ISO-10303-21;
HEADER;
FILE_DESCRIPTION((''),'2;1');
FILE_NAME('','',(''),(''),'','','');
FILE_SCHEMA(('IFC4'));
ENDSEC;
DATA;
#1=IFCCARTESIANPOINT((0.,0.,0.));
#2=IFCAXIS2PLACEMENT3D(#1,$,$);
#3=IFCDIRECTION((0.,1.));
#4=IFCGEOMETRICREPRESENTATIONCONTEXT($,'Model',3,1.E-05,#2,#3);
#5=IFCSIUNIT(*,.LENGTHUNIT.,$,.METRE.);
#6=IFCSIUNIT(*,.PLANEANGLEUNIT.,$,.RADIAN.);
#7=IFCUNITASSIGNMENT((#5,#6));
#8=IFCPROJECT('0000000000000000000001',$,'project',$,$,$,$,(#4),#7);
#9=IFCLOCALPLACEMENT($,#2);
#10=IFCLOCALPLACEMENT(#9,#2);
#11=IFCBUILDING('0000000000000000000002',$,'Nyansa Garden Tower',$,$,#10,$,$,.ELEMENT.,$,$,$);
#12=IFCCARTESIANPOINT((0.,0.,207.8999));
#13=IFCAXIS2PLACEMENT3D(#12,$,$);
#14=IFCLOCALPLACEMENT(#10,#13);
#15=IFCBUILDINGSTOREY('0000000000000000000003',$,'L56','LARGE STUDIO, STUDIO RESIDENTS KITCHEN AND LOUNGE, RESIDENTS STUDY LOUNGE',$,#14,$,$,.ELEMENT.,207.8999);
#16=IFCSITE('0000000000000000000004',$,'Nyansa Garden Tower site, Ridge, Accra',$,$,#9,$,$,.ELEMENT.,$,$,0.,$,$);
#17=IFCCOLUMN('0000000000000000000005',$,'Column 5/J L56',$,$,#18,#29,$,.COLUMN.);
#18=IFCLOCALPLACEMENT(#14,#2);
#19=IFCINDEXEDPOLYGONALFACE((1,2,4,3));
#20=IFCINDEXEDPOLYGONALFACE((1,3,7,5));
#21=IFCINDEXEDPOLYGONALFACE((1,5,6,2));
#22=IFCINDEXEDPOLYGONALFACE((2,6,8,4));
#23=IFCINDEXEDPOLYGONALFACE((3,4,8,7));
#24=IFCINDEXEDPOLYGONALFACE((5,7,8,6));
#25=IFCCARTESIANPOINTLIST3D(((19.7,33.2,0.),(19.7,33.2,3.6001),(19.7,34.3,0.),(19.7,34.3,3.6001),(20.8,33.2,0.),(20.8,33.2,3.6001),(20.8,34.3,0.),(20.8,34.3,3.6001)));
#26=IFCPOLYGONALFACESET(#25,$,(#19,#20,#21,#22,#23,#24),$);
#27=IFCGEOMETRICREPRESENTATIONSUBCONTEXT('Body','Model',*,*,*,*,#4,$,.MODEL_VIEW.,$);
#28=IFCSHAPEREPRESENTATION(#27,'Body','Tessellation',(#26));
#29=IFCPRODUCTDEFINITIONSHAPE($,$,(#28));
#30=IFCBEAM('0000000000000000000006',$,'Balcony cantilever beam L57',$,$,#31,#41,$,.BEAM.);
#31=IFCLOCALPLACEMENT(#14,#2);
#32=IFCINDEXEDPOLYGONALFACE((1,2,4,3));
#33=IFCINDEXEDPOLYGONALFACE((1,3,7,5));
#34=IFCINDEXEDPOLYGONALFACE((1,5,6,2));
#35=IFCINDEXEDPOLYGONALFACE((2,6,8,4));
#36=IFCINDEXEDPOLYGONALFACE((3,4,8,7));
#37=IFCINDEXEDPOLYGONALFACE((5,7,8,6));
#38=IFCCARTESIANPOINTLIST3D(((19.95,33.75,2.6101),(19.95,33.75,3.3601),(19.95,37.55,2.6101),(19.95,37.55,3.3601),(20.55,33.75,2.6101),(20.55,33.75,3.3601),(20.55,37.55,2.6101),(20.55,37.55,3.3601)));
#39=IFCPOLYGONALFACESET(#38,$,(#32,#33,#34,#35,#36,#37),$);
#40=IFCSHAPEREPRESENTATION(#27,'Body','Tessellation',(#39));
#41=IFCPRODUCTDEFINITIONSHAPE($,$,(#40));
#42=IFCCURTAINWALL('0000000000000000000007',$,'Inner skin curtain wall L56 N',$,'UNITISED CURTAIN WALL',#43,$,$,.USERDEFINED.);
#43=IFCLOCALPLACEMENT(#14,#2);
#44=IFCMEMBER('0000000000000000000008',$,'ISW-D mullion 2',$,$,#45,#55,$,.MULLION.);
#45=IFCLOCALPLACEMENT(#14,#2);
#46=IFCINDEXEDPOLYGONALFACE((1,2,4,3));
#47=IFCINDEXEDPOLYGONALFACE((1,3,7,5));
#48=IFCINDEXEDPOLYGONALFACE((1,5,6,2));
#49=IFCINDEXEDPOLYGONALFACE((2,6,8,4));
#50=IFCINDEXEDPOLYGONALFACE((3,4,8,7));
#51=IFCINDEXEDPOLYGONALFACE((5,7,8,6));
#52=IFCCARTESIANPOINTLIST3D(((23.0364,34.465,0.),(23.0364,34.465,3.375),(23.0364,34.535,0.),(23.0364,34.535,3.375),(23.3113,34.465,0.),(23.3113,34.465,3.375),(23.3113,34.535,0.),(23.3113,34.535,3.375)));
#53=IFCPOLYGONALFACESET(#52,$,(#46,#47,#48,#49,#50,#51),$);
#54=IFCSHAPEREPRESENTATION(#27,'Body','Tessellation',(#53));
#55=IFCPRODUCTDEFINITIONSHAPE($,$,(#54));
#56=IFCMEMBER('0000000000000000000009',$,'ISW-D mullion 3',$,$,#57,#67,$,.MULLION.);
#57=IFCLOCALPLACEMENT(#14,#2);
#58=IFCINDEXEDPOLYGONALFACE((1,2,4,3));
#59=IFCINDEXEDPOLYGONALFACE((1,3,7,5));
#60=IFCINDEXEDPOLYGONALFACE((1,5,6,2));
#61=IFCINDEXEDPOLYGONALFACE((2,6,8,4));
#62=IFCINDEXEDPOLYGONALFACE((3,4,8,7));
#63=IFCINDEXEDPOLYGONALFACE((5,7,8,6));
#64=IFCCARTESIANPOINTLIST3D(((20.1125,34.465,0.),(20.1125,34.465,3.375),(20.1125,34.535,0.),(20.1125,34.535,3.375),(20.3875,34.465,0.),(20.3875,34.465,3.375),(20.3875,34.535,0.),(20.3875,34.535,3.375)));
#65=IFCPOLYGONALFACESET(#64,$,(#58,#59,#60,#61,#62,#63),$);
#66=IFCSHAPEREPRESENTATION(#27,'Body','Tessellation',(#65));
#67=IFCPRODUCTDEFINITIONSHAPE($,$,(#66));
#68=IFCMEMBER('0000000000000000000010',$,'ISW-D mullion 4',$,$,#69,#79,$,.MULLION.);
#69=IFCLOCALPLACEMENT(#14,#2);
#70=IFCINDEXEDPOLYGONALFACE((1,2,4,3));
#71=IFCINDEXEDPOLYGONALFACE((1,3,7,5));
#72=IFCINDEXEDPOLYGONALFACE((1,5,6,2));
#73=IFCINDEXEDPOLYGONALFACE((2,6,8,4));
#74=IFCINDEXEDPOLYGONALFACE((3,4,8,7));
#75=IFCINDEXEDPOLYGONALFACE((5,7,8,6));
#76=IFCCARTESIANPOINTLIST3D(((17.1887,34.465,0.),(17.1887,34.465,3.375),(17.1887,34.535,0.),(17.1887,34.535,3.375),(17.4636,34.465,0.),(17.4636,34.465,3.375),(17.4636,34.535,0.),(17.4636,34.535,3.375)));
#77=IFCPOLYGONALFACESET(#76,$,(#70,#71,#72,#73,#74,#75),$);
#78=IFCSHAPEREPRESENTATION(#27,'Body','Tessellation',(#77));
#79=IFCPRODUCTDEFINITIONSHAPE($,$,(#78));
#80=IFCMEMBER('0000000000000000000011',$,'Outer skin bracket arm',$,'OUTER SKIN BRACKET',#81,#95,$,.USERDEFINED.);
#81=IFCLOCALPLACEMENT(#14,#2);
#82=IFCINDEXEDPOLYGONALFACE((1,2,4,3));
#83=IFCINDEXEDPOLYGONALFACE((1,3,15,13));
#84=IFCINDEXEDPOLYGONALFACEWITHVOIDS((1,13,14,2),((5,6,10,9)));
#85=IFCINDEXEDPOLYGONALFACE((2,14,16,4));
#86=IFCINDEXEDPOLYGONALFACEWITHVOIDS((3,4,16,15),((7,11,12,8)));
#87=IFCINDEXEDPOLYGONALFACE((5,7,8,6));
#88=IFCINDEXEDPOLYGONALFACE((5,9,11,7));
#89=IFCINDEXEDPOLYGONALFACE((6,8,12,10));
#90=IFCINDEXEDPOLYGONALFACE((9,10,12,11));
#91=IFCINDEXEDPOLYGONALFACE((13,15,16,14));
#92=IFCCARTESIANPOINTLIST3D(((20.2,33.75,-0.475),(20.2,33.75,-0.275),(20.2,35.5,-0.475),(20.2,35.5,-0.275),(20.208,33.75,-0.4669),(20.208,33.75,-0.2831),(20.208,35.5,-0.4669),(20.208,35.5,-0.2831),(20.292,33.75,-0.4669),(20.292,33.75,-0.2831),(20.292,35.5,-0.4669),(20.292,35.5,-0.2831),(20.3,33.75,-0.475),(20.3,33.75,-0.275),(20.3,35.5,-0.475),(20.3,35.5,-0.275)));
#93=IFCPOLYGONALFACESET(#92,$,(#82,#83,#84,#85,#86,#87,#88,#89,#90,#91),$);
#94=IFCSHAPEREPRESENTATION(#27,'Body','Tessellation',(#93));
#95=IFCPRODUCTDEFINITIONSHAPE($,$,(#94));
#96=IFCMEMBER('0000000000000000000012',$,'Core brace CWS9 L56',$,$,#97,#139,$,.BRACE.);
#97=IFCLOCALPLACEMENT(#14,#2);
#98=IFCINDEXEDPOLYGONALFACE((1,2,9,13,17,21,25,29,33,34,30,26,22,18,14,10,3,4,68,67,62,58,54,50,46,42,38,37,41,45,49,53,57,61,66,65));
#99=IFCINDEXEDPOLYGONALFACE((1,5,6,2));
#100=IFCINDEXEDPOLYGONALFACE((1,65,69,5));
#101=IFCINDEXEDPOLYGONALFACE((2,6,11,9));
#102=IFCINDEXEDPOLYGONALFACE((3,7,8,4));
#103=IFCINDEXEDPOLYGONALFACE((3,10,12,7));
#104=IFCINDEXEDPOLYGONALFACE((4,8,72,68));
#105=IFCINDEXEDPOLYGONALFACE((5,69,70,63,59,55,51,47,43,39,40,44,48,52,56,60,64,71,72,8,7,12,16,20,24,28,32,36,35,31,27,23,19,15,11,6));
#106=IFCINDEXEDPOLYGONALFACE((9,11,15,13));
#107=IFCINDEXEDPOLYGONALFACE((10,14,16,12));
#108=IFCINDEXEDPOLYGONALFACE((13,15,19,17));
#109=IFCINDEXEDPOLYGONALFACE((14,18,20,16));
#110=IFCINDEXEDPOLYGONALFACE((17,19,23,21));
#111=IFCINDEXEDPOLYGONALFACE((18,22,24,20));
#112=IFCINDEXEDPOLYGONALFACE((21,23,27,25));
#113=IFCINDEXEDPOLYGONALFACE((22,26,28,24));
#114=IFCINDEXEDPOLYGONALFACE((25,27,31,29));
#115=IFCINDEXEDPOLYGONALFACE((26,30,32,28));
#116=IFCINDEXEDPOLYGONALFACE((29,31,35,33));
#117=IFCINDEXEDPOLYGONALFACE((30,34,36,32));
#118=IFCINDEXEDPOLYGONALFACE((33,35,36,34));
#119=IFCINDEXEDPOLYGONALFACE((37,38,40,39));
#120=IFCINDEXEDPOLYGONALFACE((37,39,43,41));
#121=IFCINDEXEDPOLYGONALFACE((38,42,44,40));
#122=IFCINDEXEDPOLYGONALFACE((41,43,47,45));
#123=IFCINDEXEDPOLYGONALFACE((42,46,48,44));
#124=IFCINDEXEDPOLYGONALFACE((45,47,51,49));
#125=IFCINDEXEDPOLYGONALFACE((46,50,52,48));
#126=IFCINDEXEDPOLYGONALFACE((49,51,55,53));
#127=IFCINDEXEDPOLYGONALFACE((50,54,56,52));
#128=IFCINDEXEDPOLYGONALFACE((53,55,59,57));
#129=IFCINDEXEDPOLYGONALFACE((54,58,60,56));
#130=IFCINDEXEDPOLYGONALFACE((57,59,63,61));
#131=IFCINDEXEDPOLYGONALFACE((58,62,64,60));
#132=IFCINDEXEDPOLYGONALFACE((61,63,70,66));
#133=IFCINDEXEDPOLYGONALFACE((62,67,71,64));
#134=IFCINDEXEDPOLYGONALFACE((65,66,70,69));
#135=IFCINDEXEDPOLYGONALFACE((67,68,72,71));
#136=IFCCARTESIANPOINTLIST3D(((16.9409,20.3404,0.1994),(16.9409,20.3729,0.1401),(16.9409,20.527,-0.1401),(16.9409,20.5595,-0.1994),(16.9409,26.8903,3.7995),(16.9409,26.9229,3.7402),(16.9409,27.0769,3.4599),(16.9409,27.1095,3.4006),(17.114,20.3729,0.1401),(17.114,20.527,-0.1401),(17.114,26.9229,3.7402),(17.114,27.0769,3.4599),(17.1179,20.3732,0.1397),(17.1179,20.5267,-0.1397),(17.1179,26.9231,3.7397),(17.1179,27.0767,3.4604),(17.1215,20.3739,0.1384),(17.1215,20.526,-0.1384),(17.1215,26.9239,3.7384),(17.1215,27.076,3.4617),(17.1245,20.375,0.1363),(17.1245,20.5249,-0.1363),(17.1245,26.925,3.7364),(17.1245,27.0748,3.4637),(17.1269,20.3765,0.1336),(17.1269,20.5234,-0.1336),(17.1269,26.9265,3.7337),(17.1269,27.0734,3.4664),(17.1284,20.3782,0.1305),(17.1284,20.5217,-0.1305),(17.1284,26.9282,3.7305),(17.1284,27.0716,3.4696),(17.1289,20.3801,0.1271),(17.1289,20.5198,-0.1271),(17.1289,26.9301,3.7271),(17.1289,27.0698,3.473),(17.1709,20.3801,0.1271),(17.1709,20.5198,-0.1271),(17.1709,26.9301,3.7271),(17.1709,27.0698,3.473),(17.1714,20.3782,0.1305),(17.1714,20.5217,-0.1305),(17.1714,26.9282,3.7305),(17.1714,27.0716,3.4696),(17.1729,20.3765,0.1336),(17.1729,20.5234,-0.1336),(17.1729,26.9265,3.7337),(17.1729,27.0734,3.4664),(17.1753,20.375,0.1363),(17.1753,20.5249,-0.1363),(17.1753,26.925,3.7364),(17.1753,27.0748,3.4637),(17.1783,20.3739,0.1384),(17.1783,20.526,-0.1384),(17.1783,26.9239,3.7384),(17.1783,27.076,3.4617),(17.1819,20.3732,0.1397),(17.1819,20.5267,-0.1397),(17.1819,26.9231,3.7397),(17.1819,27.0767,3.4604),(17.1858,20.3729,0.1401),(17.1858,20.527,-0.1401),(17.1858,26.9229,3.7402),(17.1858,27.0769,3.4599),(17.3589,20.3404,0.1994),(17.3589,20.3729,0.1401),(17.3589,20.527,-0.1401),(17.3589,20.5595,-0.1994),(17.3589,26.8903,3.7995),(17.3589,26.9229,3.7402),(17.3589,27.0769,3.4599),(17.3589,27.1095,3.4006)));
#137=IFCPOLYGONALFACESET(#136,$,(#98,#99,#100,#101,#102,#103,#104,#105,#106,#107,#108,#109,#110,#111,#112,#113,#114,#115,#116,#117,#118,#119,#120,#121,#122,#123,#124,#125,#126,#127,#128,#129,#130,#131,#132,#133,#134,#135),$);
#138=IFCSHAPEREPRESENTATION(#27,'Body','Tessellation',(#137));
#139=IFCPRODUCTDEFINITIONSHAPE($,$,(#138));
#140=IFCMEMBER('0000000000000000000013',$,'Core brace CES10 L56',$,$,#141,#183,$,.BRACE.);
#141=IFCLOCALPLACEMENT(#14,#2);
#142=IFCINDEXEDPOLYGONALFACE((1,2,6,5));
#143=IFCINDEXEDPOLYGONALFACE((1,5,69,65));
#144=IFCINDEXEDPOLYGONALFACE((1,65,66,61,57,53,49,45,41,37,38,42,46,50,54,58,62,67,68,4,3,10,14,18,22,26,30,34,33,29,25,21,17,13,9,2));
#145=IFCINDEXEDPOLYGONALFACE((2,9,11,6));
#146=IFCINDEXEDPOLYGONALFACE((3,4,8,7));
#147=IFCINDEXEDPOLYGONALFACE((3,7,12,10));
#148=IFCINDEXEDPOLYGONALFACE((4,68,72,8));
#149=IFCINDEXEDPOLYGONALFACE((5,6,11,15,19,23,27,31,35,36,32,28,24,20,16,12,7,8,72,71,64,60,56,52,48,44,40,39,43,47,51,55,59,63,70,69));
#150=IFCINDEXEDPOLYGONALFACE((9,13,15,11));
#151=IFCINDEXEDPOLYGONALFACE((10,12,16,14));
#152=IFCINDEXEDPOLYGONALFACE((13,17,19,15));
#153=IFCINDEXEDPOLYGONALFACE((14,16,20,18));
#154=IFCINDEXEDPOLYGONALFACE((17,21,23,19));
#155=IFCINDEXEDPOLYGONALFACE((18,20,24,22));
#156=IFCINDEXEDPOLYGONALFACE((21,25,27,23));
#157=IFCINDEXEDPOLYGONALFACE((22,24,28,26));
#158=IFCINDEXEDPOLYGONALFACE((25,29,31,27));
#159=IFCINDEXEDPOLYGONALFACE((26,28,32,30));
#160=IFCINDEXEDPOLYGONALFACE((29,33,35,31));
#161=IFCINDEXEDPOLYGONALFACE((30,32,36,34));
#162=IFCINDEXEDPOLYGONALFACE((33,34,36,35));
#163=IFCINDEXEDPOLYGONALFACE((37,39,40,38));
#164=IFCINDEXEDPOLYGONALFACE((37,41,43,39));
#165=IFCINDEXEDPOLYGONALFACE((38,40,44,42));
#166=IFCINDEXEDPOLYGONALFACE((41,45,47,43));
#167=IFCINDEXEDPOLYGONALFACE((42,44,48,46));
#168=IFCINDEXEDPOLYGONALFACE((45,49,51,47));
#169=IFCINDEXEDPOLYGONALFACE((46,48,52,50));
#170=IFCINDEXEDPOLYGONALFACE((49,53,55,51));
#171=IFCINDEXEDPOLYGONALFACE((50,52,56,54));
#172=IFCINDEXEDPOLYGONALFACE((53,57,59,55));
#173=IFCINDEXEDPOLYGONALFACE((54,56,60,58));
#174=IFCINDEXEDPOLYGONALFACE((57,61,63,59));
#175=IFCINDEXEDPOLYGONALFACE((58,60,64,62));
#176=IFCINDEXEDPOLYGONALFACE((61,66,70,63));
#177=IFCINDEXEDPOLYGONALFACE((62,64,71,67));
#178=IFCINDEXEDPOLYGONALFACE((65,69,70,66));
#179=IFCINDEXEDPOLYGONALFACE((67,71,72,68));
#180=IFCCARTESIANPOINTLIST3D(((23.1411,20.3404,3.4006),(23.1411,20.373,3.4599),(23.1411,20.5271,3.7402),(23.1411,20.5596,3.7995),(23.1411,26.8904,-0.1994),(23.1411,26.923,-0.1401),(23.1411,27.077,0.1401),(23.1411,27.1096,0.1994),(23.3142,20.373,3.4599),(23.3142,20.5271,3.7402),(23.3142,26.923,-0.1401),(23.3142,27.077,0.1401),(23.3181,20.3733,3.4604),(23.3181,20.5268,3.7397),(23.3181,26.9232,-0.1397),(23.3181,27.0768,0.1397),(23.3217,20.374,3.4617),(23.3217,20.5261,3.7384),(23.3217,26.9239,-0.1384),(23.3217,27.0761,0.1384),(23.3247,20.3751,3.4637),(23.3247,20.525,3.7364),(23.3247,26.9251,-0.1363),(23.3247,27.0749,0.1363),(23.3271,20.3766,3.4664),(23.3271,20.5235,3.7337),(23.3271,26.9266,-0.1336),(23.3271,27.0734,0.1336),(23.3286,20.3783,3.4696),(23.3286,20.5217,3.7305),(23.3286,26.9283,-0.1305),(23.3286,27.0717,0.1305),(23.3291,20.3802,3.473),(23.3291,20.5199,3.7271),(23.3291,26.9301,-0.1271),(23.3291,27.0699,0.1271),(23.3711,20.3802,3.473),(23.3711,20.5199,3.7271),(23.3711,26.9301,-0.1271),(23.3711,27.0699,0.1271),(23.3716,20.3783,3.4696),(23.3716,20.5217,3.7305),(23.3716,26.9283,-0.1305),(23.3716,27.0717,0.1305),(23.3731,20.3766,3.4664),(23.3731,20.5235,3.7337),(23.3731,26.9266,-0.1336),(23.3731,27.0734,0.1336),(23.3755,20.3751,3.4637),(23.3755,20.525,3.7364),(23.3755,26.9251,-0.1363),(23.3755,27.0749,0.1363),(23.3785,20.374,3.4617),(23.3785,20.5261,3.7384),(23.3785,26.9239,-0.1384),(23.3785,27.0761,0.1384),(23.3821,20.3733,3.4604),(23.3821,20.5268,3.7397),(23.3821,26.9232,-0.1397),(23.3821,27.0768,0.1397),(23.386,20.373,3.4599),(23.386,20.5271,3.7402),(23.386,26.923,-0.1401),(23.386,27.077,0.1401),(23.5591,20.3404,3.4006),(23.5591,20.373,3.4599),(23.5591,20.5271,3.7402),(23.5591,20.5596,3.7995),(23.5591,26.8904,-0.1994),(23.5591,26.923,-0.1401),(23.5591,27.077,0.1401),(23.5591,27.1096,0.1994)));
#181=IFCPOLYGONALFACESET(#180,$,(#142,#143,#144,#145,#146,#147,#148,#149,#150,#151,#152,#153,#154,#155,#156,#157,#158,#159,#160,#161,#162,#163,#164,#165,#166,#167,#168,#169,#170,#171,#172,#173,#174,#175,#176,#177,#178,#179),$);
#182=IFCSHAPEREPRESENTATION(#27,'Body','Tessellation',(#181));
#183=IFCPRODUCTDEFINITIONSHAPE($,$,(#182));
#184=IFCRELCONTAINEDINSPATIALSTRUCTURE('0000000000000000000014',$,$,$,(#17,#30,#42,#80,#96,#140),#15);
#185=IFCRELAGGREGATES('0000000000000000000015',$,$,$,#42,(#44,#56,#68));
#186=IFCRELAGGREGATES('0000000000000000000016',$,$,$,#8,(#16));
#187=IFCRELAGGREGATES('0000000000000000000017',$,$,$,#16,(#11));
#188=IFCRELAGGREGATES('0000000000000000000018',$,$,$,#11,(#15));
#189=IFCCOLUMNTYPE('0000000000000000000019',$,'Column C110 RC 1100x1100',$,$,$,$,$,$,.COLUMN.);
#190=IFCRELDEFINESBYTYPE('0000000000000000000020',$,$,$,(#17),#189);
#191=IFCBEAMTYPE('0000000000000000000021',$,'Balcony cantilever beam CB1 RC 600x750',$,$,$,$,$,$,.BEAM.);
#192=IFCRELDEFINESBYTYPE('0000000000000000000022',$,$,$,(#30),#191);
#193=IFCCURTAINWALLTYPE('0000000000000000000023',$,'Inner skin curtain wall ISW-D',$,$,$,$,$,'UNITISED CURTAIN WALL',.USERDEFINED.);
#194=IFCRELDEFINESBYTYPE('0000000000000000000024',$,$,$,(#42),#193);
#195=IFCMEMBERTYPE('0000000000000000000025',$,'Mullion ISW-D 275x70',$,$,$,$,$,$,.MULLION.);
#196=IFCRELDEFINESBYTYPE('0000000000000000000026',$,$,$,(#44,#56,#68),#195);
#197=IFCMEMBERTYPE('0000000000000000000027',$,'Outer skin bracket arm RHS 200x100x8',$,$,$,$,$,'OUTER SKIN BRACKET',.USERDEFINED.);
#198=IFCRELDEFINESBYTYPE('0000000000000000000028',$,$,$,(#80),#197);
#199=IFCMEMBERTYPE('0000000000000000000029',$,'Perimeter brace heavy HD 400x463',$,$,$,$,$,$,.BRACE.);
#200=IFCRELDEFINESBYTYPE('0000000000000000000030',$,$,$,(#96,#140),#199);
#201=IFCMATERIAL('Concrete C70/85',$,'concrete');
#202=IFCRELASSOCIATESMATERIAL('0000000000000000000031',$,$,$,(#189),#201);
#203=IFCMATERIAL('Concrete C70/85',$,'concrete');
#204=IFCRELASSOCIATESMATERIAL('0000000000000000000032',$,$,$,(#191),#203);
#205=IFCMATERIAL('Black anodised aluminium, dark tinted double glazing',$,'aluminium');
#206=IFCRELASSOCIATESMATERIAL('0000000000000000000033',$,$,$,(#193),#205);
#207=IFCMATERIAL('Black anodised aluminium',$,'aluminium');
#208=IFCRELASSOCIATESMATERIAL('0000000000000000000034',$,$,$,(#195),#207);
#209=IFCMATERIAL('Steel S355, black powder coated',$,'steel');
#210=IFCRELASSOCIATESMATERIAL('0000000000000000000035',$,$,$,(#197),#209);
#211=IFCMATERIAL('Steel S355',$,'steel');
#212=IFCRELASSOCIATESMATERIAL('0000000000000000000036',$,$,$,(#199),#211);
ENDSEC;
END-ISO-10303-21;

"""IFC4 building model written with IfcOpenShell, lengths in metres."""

from ifc_helpers import new_model, si_unit, direction, frame, origin, origin_2d, place, context, subcontext, project, spatial, rectangle, hollow_rectangle, i_section, extrude, material, material_profile, profile_set, type_object, element, aggregate, save


model = new_model("IFC4")

# Units and contexts
model_context = context("Model", 3, precision=1e-05, world=origin(), true_north=direction((0.0, 1.0)))
body_context = subcontext(model_context, "Body", "Model", "MODEL_VIEW")
ifc_project = project(units=[si_unit("LENGTHUNIT", "METRE"), si_unit("PLANEANGLEUNIT", "RADIAN")], contexts=[model_context])

# Site, building, storey
site_placement = place(None, origin())
site = spatial("IfcSite", under=ifc_project, at=site_placement, Name="Nyansa Garden Tower site, Ridge, Accra", CompositionType="ELEMENT", RefElevation=0.0)
building_placement = place(site_placement, origin())
building = spatial("IfcBuilding", under=site, at=building_placement, Name="Nyansa Garden Tower", CompositionType="ELEMENT")
storey_placement = place(building_placement, frame((0.0, 0.0, 207.8999)))
storey = spatial("IfcBuildingStorey", under=building, at=storey_placement, Name="L56", Description="LARGE STUDIO, STUDIO RESIDENTS KITCHEN AND LOUNGE, RESIDENTS STUDY LOUNGE", CompositionType="ELEMENT", Elevation=207.8999)

# Column
ifc_material_1 = material(Name="Concrete C70/85", Category="concrete")
ifc_material_profile_1 = material_profile(ifc_material_1, rectangle(XDim=1.1001, YDim=1.1001, at=origin_2d()), Name="RC 1100x1100")
ifc_profile_set_1 = profile_set([ifc_material_profile_1], Name="Concrete C70/85")
column_type = type_object("IfcColumnType", Name="Column C110 RC 1100x1100", PredefinedType="COLUMN", material=ifc_profile_set_1)
column_placement = place(storey_placement, frame((20.25, 33.75, 0.0), z_axis=(0.0, 0.0, 1.0), x_axis=(1.0, 0.0, 0.0)))
element("IfcColumn", 1, at=column_placement, inside=storey, type_object=column_type, Name="Column 5/J L56", PredefinedType="COLUMN", context=body_context, shape_type="SweptSolid", body=[
    extrude(rectangle(XDim=1.1001, YDim=1.1001, at=origin_2d()), origin(), (0.0, 0.0, 1.0), 3.6001),
])

# Beam
ifc_material_2 = material(Name="Concrete C70/85", Category="concrete")
ifc_material_profile_2 = material_profile(ifc_material_2, rectangle(XDim=0.6001, YDim=0.75, at=origin_2d()), Name="RC 600x750")
ifc_profile_set_2 = profile_set([ifc_material_profile_2], Name="Concrete C70/85")
beam_type_1 = type_object("IfcBeamType", Name="Balcony cantilever beam CB1 RC 600x750", PredefinedType="BEAM", material=ifc_profile_set_2)
beam_1_placement = place(storey_placement, frame((20.25, 33.75, 2.9851), z_axis=(0.0, 1.0, 0.0), x_axis=(-1.0, 0.0, 0.0)))
element("IfcBeam", 2, at=beam_1_placement, inside=storey, type_object=beam_type_1, Name="Balcony cantilever beam L57", PredefinedType="BEAM", context=body_context, shape_type="SweptSolid", body=[
    extrude(rectangle(XDim=0.6001, YDim=0.75, at=origin_2d()), origin(), (0.0, 0.0, 1.0), 3.8),
])

# Curtain wall, members
ifc_material_3 = material(Name="Black anodised aluminium, dark tinted double glazing", Category="aluminium")
curtain_wall_type = type_object("IfcCurtainWallType", Name="Inner skin curtain wall ISW-D", ElementType="UNITISED CURTAIN WALL", PredefinedType="USERDEFINED", material=ifc_material_3)
curtain_wall_placement = place(storey_placement, origin())
curtain_wall = element("IfcCurtainWall", 3, at=curtain_wall_placement, inside=storey, type_object=curtain_wall_type, Name="Inner skin curtain wall L56 N", ObjectType="UNITISED CURTAIN WALL", PredefinedType="USERDEFINED")
ifc_material_4 = material(Name="Black anodised aluminium", Category="aluminium")
ifc_material_profile_3 = material_profile(ifc_material_4, rectangle(XDim=0.0701, YDim=0.2749, at=origin_2d()), Name="Mullion 275x70")
ifc_profile_set_3 = profile_set([ifc_material_profile_3], Name="Black anodised aluminium")
member_type_1 = type_object("IfcMemberType", Name="Mullion ISW-D 275x70", PredefinedType="MULLION", material=ifc_profile_set_3)
member_1_placement = place(storey_placement, frame((23.1738, 34.5, 0.0), z_axis=(0.0, 0.0, 1.0), x_axis=(0.0, -1.0, 0.0)))
member_1 = element("IfcMember", 4, at=member_1_placement, type_object=member_type_1, Name="ISW-D mullion 2", PredefinedType="MULLION", context=body_context, shape_type="SweptSolid", body=[
    extrude(rectangle(XDim=0.0701, YDim=0.2749, at=origin_2d()), origin(), (0.0, 0.0, 1.0), 3.375),
])
member_2_placement = place(storey_placement, frame((20.25, 34.5, 0.0), z_axis=(0.0, 0.0, 1.0), x_axis=(0.0, -1.0, 0.0)))
member_2 = element("IfcMember", 5, at=member_2_placement, type_object=member_type_1, Name="ISW-D mullion 3", PredefinedType="MULLION", context=body_context, shape_type="SweptSolid", body=[
    extrude(rectangle(XDim=0.0701, YDim=0.2749, at=origin_2d()), origin(), (0.0, 0.0, 1.0), 3.375),
])
member_3_placement = place(storey_placement, frame((17.3262, 34.5, 0.0), z_axis=(0.0, 0.0, 1.0), x_axis=(0.0, -1.0, 0.0)))
member_3 = element("IfcMember", 6, at=member_3_placement, type_object=member_type_1, Name="ISW-D mullion 4", PredefinedType="MULLION", context=body_context, shape_type="SweptSolid", body=[
    extrude(rectangle(XDim=0.0701, YDim=0.2749, at=origin_2d()), origin(), (0.0, 0.0, 1.0), 3.375),
])

# Members
ifc_material_5 = material(Name="Steel S355, black powder coated", Category="steel")
ifc_material_profile_4 = material_profile(ifc_material_5, hollow_rectangle(XDim=0.1001, YDim=0.2, WallThickness=0.0081, at=origin_2d()), Name="RHS 200x100x8")
ifc_profile_set_4 = profile_set([ifc_material_profile_4], Name="Steel S355, black powder coated")
member_type_2 = type_object("IfcMemberType", Name="Outer skin bracket arm RHS 200x100x8", ElementType="OUTER SKIN BRACKET", PredefinedType="USERDEFINED", material=ifc_profile_set_4)
member_4_placement = place(storey_placement, frame((20.25, 33.75, -0.375), z_axis=(0.0, 1.0, 0.0), x_axis=(-1.0, 0.0, 0.0)))
element("IfcMember", 7, at=member_4_placement, inside=storey, type_object=member_type_2, Name="Outer skin bracket arm", ObjectType="OUTER SKIN BRACKET", PredefinedType="USERDEFINED", context=body_context, shape_type="SweptSolid", body=[
    extrude(hollow_rectangle(XDim=0.1001, YDim=0.2, WallThickness=0.0081, at=origin_2d()), origin(), (0.0, 0.0, 1.0), 1.75),
])
ifc_material_6 = material(Name="Steel S355", Category="steel")
ifc_material_profile_5 = material_profile(ifc_material_6, i_section(OverallWidth=0.418, OverallDepth=0.4551, WebThickness=0.042, FlangeThickness=0.0676, FilletRadius=0.0149, at=origin_2d()), Name="HD 400x463")
ifc_profile_set_5 = profile_set([ifc_material_profile_5], Name="Steel S355")
member_type_3 = type_object("IfcMemberType", Name="Perimeter brace heavy HD 400x463", PredefinedType="BRACE", material=ifc_profile_set_5)
for number, where, z_axis, x_axis, name in (
    (8, (17.1499, 20.45, 0.0), (0.0, 0.876353, 0.481669), (-1.0, 0.0, 0.0), "Core brace CWS9 L56"),
    (9, (23.3501, 27.0, 0.0), (0.0, -0.876353, 0.481669), (1.0, 0.0, 0.0), "Core brace CES10 L56"),
):
    element("IfcMember", number, at=place(storey_placement, frame(where, z_axis=z_axis, x_axis=x_axis)), inside=storey, type_object=member_type_3, Name=name, PredefinedType="BRACE", context=body_context, shape_type="SweptSolid", body=[
        extrude(i_section(OverallWidth=0.418, OverallDepth=0.4551, WebThickness=0.042, FlangeThickness=0.0676, FilletRadius=0.0149, at=origin_2d()), origin(), (0.0, 0.0, 1.0), 7.4741),
    ])

aggregate(curtain_wall, [member_1, member_2, member_3])

save(model, "model.ifc")
